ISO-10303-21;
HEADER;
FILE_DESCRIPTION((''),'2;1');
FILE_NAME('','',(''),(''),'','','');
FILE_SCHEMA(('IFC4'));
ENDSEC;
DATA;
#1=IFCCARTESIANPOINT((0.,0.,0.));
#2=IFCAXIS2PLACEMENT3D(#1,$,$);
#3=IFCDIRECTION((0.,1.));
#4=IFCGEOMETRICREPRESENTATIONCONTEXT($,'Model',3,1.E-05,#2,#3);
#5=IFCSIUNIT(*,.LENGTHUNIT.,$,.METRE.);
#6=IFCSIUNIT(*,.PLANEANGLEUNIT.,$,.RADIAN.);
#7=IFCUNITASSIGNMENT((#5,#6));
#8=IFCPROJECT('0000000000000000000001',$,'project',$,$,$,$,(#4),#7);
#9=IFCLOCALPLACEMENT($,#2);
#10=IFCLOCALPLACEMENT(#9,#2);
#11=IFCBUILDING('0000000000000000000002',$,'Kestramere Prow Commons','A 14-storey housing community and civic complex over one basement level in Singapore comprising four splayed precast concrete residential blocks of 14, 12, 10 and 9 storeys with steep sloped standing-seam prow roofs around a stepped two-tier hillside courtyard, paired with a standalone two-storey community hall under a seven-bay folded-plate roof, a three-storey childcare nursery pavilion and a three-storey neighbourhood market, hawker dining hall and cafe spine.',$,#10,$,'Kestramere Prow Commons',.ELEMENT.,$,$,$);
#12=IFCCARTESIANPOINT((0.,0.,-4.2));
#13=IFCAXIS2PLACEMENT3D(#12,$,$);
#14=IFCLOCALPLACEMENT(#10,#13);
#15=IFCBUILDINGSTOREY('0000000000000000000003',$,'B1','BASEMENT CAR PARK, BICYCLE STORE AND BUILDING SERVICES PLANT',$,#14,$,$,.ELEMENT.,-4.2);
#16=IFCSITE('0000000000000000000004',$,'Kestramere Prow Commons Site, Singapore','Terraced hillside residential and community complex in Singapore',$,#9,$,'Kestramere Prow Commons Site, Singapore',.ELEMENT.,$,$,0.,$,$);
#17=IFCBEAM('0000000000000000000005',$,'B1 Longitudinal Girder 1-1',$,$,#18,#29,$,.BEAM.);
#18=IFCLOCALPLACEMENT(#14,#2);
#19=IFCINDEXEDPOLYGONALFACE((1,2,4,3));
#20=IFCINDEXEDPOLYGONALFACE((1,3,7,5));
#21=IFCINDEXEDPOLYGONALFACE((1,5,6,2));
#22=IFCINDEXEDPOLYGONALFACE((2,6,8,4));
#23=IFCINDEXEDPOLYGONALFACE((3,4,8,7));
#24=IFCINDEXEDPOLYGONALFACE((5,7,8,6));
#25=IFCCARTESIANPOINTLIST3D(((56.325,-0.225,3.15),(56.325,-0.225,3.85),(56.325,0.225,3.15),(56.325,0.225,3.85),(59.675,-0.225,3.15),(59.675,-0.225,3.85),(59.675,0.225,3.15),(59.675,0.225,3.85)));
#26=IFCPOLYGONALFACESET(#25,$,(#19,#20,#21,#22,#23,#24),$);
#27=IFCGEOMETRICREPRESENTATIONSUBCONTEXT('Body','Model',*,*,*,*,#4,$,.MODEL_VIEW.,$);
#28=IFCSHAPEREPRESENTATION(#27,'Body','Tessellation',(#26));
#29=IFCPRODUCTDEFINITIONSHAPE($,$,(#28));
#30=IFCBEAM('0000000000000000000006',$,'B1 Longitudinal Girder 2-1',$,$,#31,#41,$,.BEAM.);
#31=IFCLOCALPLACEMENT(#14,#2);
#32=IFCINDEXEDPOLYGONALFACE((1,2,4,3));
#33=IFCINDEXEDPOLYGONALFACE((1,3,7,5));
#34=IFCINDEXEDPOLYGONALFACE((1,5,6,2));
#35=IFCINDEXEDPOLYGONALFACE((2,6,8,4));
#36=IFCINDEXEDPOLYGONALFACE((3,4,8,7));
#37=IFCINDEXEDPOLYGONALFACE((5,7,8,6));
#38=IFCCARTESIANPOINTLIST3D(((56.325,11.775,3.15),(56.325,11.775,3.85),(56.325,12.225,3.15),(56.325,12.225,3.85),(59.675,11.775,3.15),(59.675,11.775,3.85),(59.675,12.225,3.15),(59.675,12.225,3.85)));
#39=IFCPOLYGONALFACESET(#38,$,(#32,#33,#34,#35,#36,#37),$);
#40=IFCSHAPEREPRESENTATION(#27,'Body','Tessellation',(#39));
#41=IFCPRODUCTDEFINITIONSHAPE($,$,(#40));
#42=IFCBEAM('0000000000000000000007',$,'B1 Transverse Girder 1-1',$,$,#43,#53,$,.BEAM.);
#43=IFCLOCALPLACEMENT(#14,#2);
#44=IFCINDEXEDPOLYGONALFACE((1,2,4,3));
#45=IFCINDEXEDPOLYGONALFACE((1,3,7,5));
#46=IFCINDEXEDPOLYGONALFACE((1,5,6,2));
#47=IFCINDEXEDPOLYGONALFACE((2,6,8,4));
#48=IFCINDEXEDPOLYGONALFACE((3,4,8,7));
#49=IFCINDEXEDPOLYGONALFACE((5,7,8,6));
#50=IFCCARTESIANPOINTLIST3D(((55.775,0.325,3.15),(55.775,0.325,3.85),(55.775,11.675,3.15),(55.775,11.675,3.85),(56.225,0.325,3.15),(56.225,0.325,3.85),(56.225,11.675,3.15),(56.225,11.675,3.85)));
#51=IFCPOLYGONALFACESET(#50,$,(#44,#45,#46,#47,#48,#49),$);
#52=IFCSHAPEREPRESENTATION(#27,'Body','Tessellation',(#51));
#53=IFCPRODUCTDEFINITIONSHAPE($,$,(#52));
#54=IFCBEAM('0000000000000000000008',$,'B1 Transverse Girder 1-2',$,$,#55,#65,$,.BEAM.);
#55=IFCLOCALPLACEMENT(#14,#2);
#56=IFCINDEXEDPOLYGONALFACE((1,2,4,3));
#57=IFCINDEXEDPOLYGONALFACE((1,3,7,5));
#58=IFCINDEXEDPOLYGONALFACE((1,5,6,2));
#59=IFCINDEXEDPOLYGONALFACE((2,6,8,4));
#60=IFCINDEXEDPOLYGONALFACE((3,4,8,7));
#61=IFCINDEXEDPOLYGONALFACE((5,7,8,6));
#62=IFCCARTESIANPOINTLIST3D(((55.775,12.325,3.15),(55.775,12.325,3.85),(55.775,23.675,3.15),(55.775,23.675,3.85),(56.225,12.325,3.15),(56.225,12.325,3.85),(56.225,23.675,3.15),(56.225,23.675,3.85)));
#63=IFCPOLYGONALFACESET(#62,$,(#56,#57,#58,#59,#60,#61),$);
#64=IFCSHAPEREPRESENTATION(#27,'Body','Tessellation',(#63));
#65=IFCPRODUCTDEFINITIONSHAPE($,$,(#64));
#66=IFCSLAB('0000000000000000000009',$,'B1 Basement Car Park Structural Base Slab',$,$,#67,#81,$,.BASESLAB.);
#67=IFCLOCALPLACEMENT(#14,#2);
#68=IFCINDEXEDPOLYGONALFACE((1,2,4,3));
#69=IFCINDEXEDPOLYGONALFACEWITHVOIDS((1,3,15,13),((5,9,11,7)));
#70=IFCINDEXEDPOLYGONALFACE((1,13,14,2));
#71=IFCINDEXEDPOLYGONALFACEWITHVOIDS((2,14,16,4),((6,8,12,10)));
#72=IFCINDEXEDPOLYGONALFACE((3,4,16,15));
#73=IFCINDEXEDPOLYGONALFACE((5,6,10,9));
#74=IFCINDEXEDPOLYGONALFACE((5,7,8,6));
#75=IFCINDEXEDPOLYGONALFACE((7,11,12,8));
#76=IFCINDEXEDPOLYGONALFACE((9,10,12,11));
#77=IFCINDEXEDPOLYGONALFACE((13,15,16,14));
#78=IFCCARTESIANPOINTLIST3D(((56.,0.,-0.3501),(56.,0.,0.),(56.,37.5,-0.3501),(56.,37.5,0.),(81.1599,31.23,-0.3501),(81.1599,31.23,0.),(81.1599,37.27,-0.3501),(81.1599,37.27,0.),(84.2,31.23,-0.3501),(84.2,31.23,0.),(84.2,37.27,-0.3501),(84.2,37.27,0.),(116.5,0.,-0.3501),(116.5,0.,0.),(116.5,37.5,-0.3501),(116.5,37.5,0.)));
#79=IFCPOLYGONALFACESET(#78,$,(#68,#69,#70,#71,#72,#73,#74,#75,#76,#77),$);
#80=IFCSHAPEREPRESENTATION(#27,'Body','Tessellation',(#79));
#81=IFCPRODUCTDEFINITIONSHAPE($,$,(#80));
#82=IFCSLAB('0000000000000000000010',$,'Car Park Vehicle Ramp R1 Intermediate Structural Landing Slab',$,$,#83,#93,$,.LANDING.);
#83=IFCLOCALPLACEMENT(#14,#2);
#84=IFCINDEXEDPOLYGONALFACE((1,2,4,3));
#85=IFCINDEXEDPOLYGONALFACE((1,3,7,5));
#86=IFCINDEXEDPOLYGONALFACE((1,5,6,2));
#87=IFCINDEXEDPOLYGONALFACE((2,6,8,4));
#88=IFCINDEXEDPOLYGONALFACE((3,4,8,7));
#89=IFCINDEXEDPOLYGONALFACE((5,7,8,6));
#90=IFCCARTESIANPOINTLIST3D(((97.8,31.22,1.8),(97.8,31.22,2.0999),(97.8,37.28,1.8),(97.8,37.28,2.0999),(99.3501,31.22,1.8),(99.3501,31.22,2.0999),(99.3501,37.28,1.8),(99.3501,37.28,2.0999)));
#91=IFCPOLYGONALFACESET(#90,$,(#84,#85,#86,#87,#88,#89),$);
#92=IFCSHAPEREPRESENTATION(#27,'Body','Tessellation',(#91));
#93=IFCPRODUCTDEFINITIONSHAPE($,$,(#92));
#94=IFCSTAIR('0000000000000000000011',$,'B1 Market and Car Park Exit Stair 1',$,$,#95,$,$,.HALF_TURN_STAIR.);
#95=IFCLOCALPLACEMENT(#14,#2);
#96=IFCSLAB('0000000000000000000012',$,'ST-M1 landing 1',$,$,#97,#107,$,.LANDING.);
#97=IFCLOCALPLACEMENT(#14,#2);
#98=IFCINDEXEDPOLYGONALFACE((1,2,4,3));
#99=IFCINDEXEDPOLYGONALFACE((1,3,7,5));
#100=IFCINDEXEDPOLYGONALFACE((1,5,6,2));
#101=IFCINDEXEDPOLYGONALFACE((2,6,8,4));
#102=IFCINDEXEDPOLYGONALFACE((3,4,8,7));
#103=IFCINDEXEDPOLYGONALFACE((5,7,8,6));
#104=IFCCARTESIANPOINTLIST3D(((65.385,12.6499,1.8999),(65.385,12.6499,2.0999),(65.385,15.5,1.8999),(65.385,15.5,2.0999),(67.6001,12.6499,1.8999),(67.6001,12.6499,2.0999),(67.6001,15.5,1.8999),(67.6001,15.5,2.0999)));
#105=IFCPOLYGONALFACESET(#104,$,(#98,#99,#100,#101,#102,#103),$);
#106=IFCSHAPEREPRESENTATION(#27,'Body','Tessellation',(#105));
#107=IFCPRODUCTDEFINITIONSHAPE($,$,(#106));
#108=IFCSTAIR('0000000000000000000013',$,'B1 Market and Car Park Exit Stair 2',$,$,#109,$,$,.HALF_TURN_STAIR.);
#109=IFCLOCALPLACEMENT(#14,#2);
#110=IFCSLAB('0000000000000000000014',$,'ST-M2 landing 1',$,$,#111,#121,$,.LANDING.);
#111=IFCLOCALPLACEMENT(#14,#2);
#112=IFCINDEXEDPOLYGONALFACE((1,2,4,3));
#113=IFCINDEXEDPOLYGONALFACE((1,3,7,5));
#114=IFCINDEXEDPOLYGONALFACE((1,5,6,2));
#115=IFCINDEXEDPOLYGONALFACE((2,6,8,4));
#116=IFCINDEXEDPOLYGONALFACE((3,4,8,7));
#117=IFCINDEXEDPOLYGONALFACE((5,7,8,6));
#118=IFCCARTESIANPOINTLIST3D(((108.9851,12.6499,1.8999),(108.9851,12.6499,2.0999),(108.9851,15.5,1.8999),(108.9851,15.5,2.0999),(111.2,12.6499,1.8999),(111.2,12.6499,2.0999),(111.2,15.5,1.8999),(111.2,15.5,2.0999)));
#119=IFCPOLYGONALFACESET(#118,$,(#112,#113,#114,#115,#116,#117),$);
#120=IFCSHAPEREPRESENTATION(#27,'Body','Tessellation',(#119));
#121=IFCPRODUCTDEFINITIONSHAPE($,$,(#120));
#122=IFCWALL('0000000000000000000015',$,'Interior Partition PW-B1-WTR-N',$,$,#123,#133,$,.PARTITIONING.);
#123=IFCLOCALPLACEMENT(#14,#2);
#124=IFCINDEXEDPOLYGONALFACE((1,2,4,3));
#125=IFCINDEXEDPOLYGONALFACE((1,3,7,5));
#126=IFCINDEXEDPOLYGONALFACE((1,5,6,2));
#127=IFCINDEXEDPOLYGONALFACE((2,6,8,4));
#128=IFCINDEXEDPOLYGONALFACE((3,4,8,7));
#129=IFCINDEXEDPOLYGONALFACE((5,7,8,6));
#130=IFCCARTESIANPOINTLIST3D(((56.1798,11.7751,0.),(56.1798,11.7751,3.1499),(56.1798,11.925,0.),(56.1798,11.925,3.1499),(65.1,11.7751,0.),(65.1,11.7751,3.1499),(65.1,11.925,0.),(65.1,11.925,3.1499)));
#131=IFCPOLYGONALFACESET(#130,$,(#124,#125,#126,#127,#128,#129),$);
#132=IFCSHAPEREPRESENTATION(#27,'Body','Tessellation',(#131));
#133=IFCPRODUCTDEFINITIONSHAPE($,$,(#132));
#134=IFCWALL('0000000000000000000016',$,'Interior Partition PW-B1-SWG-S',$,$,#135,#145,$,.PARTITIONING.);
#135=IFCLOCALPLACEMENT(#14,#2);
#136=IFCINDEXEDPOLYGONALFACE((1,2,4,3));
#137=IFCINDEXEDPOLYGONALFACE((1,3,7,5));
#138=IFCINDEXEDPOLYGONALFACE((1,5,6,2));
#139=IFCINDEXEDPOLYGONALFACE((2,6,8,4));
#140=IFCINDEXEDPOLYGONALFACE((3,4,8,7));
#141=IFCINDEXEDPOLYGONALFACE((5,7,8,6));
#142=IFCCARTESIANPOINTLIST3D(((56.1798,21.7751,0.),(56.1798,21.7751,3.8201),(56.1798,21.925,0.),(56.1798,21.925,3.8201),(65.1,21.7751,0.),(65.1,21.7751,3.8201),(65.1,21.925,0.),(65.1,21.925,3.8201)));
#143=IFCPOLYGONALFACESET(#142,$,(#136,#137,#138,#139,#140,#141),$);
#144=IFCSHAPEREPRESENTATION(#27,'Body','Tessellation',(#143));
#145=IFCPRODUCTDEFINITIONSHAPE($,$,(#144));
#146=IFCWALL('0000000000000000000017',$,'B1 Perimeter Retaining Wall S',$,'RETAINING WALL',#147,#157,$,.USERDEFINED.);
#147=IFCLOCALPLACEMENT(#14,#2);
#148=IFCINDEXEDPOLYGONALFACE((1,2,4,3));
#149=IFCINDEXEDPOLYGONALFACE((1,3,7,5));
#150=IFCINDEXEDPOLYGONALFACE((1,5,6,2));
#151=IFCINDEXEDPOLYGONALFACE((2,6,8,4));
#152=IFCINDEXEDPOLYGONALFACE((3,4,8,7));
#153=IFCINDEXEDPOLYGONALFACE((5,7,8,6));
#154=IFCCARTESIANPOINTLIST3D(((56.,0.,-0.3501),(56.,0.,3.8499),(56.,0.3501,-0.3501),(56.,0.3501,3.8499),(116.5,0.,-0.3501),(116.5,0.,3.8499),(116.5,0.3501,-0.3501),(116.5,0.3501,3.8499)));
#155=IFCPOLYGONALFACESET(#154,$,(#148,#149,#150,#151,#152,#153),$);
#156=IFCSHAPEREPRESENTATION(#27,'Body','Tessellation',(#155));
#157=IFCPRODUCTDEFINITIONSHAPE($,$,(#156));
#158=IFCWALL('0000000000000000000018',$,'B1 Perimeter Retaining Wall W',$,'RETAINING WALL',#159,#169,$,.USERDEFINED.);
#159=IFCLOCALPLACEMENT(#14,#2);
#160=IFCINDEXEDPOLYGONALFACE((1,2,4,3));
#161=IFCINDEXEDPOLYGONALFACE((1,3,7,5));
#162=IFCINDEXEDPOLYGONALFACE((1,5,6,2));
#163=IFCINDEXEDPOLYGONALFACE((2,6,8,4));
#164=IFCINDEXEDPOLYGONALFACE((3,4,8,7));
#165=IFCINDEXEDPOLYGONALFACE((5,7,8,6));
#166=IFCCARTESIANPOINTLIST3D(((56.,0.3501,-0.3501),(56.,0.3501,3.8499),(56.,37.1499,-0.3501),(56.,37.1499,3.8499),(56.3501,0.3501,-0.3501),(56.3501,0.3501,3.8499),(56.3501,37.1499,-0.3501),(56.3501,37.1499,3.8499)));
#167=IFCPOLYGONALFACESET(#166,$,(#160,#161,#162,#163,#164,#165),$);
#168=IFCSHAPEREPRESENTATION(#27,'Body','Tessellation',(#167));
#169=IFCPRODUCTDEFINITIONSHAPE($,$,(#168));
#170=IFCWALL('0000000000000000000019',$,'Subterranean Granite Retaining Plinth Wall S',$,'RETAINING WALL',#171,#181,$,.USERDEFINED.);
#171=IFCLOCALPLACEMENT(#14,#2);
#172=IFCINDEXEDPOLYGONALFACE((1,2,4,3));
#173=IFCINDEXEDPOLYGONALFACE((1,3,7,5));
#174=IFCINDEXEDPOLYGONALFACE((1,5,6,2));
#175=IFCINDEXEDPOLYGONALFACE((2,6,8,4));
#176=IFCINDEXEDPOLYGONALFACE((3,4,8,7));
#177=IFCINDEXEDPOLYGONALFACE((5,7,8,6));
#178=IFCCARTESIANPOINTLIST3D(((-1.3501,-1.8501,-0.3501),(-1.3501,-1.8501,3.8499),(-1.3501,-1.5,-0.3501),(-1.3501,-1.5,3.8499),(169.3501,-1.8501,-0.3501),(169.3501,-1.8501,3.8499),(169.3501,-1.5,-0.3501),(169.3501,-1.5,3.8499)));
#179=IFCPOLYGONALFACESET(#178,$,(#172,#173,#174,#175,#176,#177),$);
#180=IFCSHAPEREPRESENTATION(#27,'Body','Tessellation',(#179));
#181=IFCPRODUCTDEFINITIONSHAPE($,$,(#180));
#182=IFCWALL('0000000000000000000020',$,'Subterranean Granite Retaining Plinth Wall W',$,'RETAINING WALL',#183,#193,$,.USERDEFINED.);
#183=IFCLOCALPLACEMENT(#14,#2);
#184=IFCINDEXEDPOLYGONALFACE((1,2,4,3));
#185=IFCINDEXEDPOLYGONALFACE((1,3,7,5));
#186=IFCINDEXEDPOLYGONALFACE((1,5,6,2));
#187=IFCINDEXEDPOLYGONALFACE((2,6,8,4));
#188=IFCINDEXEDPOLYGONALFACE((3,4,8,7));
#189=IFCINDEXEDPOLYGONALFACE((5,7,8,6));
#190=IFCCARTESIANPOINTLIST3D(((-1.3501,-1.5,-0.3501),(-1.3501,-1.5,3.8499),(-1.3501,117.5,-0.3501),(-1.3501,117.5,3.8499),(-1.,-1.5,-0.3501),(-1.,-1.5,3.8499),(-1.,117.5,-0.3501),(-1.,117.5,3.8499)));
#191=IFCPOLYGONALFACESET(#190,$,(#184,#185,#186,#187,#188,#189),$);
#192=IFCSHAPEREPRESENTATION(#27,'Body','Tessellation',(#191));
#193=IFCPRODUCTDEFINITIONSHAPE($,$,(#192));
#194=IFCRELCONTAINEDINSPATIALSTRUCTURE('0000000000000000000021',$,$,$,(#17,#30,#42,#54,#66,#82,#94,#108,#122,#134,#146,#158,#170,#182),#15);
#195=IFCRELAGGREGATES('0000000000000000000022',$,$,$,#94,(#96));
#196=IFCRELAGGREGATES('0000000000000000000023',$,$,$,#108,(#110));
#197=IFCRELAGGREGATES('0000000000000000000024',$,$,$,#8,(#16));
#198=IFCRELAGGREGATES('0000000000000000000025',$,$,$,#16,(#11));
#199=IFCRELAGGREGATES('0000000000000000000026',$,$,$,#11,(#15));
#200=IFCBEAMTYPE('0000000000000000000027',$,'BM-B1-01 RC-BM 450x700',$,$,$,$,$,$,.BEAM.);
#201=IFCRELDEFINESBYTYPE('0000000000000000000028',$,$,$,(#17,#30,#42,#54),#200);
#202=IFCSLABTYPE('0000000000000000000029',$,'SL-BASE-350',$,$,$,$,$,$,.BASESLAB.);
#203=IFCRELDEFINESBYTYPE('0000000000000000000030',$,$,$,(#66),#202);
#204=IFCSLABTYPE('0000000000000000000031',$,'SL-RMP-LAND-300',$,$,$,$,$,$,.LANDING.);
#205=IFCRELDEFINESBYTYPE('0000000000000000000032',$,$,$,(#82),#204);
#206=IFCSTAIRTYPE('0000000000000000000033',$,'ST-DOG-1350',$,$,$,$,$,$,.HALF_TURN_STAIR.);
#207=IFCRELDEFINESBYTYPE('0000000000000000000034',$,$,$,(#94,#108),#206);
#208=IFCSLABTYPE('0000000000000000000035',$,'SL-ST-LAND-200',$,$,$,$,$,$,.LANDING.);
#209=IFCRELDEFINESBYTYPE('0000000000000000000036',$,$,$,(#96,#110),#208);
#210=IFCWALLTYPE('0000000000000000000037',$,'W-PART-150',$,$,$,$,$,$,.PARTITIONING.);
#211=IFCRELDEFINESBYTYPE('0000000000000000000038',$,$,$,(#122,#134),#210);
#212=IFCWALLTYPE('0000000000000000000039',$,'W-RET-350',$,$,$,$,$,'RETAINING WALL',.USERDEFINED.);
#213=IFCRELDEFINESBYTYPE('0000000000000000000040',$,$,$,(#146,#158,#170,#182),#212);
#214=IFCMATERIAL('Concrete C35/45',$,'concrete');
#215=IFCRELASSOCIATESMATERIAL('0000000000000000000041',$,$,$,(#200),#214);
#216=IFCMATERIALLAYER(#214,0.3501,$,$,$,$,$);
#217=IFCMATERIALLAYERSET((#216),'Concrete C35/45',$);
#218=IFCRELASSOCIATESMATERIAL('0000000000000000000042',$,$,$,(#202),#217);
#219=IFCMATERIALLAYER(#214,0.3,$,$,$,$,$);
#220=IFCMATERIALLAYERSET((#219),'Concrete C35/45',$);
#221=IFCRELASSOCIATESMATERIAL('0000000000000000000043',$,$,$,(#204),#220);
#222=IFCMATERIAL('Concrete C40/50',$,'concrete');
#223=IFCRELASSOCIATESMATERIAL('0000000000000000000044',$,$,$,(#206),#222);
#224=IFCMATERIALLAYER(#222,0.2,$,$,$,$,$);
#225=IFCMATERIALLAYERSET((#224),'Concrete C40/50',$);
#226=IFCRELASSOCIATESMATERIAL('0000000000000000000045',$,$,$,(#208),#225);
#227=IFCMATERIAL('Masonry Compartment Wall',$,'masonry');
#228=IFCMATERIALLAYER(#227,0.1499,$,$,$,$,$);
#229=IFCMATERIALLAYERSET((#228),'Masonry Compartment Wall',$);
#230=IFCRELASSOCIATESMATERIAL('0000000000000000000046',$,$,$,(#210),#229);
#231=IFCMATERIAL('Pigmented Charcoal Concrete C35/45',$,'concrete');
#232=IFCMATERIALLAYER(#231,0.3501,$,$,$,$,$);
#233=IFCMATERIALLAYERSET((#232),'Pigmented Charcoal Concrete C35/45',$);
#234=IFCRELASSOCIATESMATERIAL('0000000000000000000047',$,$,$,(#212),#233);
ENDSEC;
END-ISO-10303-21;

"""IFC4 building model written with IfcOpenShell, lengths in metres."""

from ifc_helpers import new_model, si_unit, direction, frame, frame_2d, origin, origin_2d, place, context, subcontext, project, spatial, polyline, rectangle, outline, extrude, material, layer, layer_set, material_profile, profile_set, type_object, element, aggregate, save


model = new_model("IFC4")

# Units and contexts
model_context = context("Model", 3, precision=1e-05, world=origin(), true_north=direction((0.0, 1.0)))
body_context = subcontext(model_context, "Body", "Model", "MODEL_VIEW")
ifc_project = project(units=[si_unit("LENGTHUNIT", "METRE"), si_unit("PLANEANGLEUNIT", "RADIAN")], contexts=[model_context])

# Site, building, storey
site_placement = place(None, origin())
site = spatial("IfcSite", under=ifc_project, at=site_placement, Name="Kestramere Prow Commons Site, Singapore", Description="Terraced hillside residential and community complex in Singapore", LongName="Kestramere Prow Commons Site, Singapore", CompositionType="ELEMENT", RefElevation=0.0)
building_placement = place(site_placement, origin())
building = spatial("IfcBuilding", under=site, at=building_placement, Name="Kestramere Prow Commons", Description="A 14-storey housing community and civic complex over one basement level in Singapore comprising four splayed precast concrete residential blocks of 14, 12, 10 and 9 storeys with steep sloped standing-seam prow roofs around a stepped two-tier hillside courtyard, paired with a standalone two-storey community hall under a seven-bay folded-plate roof, a three-storey childcare nursery pavilion and a three-storey neighbourhood market, hawker dining hall and cafe spine.", LongName="Kestramere Prow Commons", CompositionType="ELEMENT")
storey_placement = place(building_placement, frame((0.0, 0.0, -4.2)))
storey = spatial("IfcBuildingStorey", under=building, at=storey_placement, Name="B1", Description="BASEMENT CAR PARK, BICYCLE STORE AND BUILDING SERVICES PLANT", CompositionType="ELEMENT", Elevation=-4.2)

# Shared definitions
ifc_material_1 = material(Name="Concrete C35/45", Category="concrete")

# Beams
ifc_material_profile_1 = material_profile(ifc_material_1, rectangle(XDim=0.45, YDim=0.7, at=origin_2d()), Name="RC-BM 450x700")
ifc_profile_set_1 = profile_set([ifc_material_profile_1], Name="Concrete C35/45")
beam_type = type_object("IfcBeamType", Name="BM-B1-01 RC-BM 450x700", PredefinedType="BEAM", material=ifc_profile_set_1)
for number, where, z_axis, x_axis, name in (
    (1, (56.325, 0.0, 3.5), (1.0, 0.0, 0.0), (0.0, 1.0, 0.0), "B1 Longitudinal Girder 1-1"),
    (2, (56.325, 12.0, 3.5), (1.0, 0.0, 0.0), (0.0, 1.0, 0.0), "B1 Longitudinal Girder 2-1"),
):
    element("IfcBeam", number, at=place(storey_placement, frame(where, z_axis=z_axis, x_axis=x_axis)), inside=storey, type_object=beam_type, Name=name, PredefinedType="BEAM", context=body_context, shape_type="SweptSolid", body=[
        extrude(rectangle(XDim=0.45, YDim=0.7, at=origin_2d()), origin(), (0.0, 0.0, 1.0), 3.3501),
    ])
for number, where, z_axis, x_axis, name in (
    (3, (56.0, 0.325, 3.5), (0.0, 1.0, 0.0), (-1.0, 0.0, 0.0), "B1 Transverse Girder 1-1"),
    (4, (56.0, 12.325, 3.5), (0.0, 1.0, 0.0), (-1.0, 0.0, 0.0), "B1 Transverse Girder 1-2"),
):
    element("IfcBeam", number, at=place(storey_placement, frame(where, z_axis=z_axis, x_axis=x_axis)), inside=storey, type_object=beam_type, Name=name, PredefinedType="BEAM", context=body_context, shape_type="SweptSolid", body=[
        extrude(rectangle(XDim=0.45, YDim=0.7, at=origin_2d()), origin(), (0.0, 0.0, 1.0), 11.3501),
    ])

# Slabs
ifc_layer_1 = layer(ifc_material_1, 0.3501)
ifc_layer_set_1 = layer_set([ifc_layer_1], Name="Concrete C35/45")
slab_type_1 = type_object("IfcSlabType", Name="SL-BASE-350", PredefinedType="BASESLAB", material=ifc_layer_set_1)
slab_1_placement = place(storey_placement, frame((0.0, 0.0, -0.3501)))
element("IfcSlab", 5, at=slab_1_placement, inside=storey, type_object=slab_type_1, Name="B1 Basement Car Park Structural Base Slab", PredefinedType="BASESLAB", context=body_context, shape_type="SweptSolid", body=[
    extrude(outline(polyline([(56.0, 0.0), (116.5, 0.0), (116.5, 37.5), (56.0, 37.5), (56.0, 0.0)]), holes=[polyline([(81.1599, 31.23), (84.2, 31.23), (84.2, 37.27), (81.1599, 37.27), (81.1599, 31.23)])]), origin(), (0.0, 0.0, 1.0), 0.3501),
])
ifc_layer_2 = layer(ifc_material_1, 0.3)
ifc_layer_set_2 = layer_set([ifc_layer_2], Name="Concrete C35/45")
slab_type_2 = type_object("IfcSlabType", Name="SL-RMP-LAND-300", PredefinedType="LANDING", material=ifc_layer_set_2)
slab_2_placement = place(storey_placement, frame((0.0, 0.0, 1.8)))
element("IfcSlab", 6, at=slab_2_placement, inside=storey, type_object=slab_type_2, Name="Car Park Vehicle Ramp R1 Intermediate Structural Landing Slab", PredefinedType="LANDING", context=body_context, shape_type="SweptSolid", body=[
    extrude(outline(polyline([(97.8, 31.22), (99.3501, 31.22), (99.3501, 37.28), (97.8, 37.28), (97.8, 31.22)])), origin(), (0.0, 0.0, 1.0), 0.2998),
])

# Stairs, slabs
ifc_material_2 = material(Name="Concrete C40/50", Category="concrete")
stair_type = type_object("IfcStairType", Name="ST-DOG-1350", PredefinedType="HALF_TURN_STAIR", material=ifc_material_2)
stair_1_placement = place(storey_placement, origin())
stair_1 = element("IfcStair", 7, at=stair_1_placement, inside=storey, type_object=stair_type, Name="B1 Market and Car Park Exit Stair 1", PredefinedType="HALF_TURN_STAIR")
ifc_layer_3 = layer(ifc_material_2, 0.2)
ifc_layer_set_3 = layer_set([ifc_layer_3], Name="Concrete C40/50")
slab_type_3 = type_object("IfcSlabType", Name="SL-ST-LAND-200", PredefinedType="LANDING", material=ifc_layer_set_3)
slab_3_placement = place(storey_placement, frame((0.0, 0.0, 1.8999)))
slab_3 = element("IfcSlab", 8, at=slab_3_placement, type_object=slab_type_3, Name="ST-M1 landing 1", PredefinedType="LANDING", context=body_context, shape_type="SweptSolid", body=[
    extrude(outline(polyline([(65.385, 12.6499), (67.6001, 12.6499), (67.6001, 15.5), (65.385, 15.5), (65.385, 12.6499)])), origin(), (0.0, 0.0, 1.0), 0.2),
])
aggregate(stair_1, [slab_3])
stair_2_placement = place(storey_placement, origin())
stair_2 = element("IfcStair", 9, at=stair_2_placement, inside=storey, type_object=stair_type, Name="B1 Market and Car Park Exit Stair 2", PredefinedType="HALF_TURN_STAIR")
slab_4_placement = place(storey_placement, frame((0.0, 0.0, 1.8999)))
slab_4 = element("IfcSlab", 10, at=slab_4_placement, type_object=slab_type_3, Name="ST-M2 landing 1", PredefinedType="LANDING", context=body_context, shape_type="SweptSolid", body=[
    extrude(outline(polyline([(108.9851, 12.6499), (111.2, 12.6499), (111.2, 15.5), (108.9851, 15.5), (108.9851, 12.6499)])), origin(), (0.0, 0.0, 1.0), 0.2),
])
aggregate(stair_2, [slab_4])

# Walls
ifc_material_3 = material(Name="Masonry Compartment Wall", Category="masonry")
ifc_layer_4 = layer(ifc_material_3, 0.1499)
ifc_layer_set_4 = layer_set([ifc_layer_4], Name="Masonry Compartment Wall")
wall_type_1 = type_object("IfcWallType", Name="W-PART-150", PredefinedType="PARTITIONING", material=ifc_layer_set_4)
wall_1_placement = place(storey_placement, frame((56.1799, 11.8501, 0.0), z_axis=(0.0, 0.0, 1.0), x_axis=(1.0, 0.0, 0.0)))
element("IfcWall", 11, at=wall_1_placement, inside=storey, type_object=wall_type_1, Name="Interior Partition PW-B1-WTR-N", PredefinedType="PARTITIONING", context=body_context, shape_type="SweptSolid", body=[
    extrude(rectangle(XDim=8.9202, YDim=0.1499, at=frame_2d((4.46, 0.0))), origin(), (0.0, 0.0, 1.0), 3.1499),
])
wall_2_placement = place(storey_placement, frame((56.1799, 21.8501, 0.0), z_axis=(0.0, 0.0, 1.0), x_axis=(1.0, 0.0, 0.0)))
element("IfcWall", 12, at=wall_2_placement, inside=storey, type_object=wall_type_1, Name="Interior Partition PW-B1-SWG-S", PredefinedType="PARTITIONING", context=body_context, shape_type="SweptSolid", body=[
    extrude(rectangle(XDim=8.9202, YDim=0.1499, at=frame_2d((4.46, 0.0))), origin(), (0.0, 0.0, 1.0), 3.8201),
])
ifc_material_4 = material(Name="Pigmented Charcoal Concrete C35/45", Category="concrete")
ifc_layer_5 = layer(ifc_material_4, 0.3501)
ifc_layer_set_5 = layer_set([ifc_layer_5], Name="Pigmented Charcoal Concrete C35/45")
wall_type_2 = type_object("IfcWallType", Name="W-RET-350", ElementType="RETAINING WALL", PredefinedType="USERDEFINED", material=ifc_layer_set_5)
wall_3_placement = place(storey_placement, frame((56.0, 0.175, -0.3501), z_axis=(0.0, 0.0, 1.0), x_axis=(1.0, 0.0, 0.0)))
element("IfcWall", 13, at=wall_3_placement, inside=storey, type_object=wall_type_2, Name="B1 Perimeter Retaining Wall S", ObjectType="RETAINING WALL", PredefinedType="USERDEFINED", context=body_context, shape_type="SweptSolid", body=[
    extrude(rectangle(XDim=60.5, YDim=0.3501, at=frame_2d((30.25, 0.0))), origin(), (0.0, 0.0, 1.0), 4.2),
])
wall_4_placement = place(storey_placement, frame((56.175, 0.3501, -0.3501), z_axis=(0.0, 0.0, 1.0), x_axis=(0.0, 1.0, 0.0)))
element("IfcWall", 14, at=wall_4_placement, inside=storey, type_object=wall_type_2, Name="B1 Perimeter Retaining Wall W", ObjectType="RETAINING WALL", PredefinedType="USERDEFINED", context=body_context, shape_type="SweptSolid", body=[
    extrude(rectangle(XDim=36.7998, YDim=0.3501, at=frame_2d((18.3999, 0.0))), origin(), (0.0, 0.0, 1.0), 4.2),
])
wall_5_placement = place(storey_placement, frame((-1.3501, -1.675, -0.3501), z_axis=(0.0, 0.0, 1.0), x_axis=(1.0, 0.0, 0.0)))
element("IfcWall", 15, at=wall_5_placement, inside=storey, type_object=wall_type_2, Name="Subterranean Granite Retaining Plinth Wall S", ObjectType="RETAINING WALL", PredefinedType="USERDEFINED", context=body_context, shape_type="SweptSolid", body=[
    extrude(rectangle(XDim=170.7002, YDim=0.3501, at=frame_2d((85.3501, 0.0))), origin(), (0.0, 0.0, 1.0), 4.2),
])
wall_6_placement = place(storey_placement, frame((-1.175, -1.5, -0.3501), z_axis=(0.0, 0.0, 1.0), x_axis=(0.0, 1.0, 0.0)))
element("IfcWall", 16, at=wall_6_placement, inside=storey, type_object=wall_type_2, Name="Subterranean Granite Retaining Plinth Wall W", ObjectType="RETAINING WALL", PredefinedType="USERDEFINED", context=body_context, shape_type="SweptSolid", body=[
    extrude(rectangle(XDim=119.0, YDim=0.3501, at=frame_2d((59.5, 0.0))), origin(), (0.0, 0.0, 1.0), 4.2),
])

save(model, "model.ifc")
